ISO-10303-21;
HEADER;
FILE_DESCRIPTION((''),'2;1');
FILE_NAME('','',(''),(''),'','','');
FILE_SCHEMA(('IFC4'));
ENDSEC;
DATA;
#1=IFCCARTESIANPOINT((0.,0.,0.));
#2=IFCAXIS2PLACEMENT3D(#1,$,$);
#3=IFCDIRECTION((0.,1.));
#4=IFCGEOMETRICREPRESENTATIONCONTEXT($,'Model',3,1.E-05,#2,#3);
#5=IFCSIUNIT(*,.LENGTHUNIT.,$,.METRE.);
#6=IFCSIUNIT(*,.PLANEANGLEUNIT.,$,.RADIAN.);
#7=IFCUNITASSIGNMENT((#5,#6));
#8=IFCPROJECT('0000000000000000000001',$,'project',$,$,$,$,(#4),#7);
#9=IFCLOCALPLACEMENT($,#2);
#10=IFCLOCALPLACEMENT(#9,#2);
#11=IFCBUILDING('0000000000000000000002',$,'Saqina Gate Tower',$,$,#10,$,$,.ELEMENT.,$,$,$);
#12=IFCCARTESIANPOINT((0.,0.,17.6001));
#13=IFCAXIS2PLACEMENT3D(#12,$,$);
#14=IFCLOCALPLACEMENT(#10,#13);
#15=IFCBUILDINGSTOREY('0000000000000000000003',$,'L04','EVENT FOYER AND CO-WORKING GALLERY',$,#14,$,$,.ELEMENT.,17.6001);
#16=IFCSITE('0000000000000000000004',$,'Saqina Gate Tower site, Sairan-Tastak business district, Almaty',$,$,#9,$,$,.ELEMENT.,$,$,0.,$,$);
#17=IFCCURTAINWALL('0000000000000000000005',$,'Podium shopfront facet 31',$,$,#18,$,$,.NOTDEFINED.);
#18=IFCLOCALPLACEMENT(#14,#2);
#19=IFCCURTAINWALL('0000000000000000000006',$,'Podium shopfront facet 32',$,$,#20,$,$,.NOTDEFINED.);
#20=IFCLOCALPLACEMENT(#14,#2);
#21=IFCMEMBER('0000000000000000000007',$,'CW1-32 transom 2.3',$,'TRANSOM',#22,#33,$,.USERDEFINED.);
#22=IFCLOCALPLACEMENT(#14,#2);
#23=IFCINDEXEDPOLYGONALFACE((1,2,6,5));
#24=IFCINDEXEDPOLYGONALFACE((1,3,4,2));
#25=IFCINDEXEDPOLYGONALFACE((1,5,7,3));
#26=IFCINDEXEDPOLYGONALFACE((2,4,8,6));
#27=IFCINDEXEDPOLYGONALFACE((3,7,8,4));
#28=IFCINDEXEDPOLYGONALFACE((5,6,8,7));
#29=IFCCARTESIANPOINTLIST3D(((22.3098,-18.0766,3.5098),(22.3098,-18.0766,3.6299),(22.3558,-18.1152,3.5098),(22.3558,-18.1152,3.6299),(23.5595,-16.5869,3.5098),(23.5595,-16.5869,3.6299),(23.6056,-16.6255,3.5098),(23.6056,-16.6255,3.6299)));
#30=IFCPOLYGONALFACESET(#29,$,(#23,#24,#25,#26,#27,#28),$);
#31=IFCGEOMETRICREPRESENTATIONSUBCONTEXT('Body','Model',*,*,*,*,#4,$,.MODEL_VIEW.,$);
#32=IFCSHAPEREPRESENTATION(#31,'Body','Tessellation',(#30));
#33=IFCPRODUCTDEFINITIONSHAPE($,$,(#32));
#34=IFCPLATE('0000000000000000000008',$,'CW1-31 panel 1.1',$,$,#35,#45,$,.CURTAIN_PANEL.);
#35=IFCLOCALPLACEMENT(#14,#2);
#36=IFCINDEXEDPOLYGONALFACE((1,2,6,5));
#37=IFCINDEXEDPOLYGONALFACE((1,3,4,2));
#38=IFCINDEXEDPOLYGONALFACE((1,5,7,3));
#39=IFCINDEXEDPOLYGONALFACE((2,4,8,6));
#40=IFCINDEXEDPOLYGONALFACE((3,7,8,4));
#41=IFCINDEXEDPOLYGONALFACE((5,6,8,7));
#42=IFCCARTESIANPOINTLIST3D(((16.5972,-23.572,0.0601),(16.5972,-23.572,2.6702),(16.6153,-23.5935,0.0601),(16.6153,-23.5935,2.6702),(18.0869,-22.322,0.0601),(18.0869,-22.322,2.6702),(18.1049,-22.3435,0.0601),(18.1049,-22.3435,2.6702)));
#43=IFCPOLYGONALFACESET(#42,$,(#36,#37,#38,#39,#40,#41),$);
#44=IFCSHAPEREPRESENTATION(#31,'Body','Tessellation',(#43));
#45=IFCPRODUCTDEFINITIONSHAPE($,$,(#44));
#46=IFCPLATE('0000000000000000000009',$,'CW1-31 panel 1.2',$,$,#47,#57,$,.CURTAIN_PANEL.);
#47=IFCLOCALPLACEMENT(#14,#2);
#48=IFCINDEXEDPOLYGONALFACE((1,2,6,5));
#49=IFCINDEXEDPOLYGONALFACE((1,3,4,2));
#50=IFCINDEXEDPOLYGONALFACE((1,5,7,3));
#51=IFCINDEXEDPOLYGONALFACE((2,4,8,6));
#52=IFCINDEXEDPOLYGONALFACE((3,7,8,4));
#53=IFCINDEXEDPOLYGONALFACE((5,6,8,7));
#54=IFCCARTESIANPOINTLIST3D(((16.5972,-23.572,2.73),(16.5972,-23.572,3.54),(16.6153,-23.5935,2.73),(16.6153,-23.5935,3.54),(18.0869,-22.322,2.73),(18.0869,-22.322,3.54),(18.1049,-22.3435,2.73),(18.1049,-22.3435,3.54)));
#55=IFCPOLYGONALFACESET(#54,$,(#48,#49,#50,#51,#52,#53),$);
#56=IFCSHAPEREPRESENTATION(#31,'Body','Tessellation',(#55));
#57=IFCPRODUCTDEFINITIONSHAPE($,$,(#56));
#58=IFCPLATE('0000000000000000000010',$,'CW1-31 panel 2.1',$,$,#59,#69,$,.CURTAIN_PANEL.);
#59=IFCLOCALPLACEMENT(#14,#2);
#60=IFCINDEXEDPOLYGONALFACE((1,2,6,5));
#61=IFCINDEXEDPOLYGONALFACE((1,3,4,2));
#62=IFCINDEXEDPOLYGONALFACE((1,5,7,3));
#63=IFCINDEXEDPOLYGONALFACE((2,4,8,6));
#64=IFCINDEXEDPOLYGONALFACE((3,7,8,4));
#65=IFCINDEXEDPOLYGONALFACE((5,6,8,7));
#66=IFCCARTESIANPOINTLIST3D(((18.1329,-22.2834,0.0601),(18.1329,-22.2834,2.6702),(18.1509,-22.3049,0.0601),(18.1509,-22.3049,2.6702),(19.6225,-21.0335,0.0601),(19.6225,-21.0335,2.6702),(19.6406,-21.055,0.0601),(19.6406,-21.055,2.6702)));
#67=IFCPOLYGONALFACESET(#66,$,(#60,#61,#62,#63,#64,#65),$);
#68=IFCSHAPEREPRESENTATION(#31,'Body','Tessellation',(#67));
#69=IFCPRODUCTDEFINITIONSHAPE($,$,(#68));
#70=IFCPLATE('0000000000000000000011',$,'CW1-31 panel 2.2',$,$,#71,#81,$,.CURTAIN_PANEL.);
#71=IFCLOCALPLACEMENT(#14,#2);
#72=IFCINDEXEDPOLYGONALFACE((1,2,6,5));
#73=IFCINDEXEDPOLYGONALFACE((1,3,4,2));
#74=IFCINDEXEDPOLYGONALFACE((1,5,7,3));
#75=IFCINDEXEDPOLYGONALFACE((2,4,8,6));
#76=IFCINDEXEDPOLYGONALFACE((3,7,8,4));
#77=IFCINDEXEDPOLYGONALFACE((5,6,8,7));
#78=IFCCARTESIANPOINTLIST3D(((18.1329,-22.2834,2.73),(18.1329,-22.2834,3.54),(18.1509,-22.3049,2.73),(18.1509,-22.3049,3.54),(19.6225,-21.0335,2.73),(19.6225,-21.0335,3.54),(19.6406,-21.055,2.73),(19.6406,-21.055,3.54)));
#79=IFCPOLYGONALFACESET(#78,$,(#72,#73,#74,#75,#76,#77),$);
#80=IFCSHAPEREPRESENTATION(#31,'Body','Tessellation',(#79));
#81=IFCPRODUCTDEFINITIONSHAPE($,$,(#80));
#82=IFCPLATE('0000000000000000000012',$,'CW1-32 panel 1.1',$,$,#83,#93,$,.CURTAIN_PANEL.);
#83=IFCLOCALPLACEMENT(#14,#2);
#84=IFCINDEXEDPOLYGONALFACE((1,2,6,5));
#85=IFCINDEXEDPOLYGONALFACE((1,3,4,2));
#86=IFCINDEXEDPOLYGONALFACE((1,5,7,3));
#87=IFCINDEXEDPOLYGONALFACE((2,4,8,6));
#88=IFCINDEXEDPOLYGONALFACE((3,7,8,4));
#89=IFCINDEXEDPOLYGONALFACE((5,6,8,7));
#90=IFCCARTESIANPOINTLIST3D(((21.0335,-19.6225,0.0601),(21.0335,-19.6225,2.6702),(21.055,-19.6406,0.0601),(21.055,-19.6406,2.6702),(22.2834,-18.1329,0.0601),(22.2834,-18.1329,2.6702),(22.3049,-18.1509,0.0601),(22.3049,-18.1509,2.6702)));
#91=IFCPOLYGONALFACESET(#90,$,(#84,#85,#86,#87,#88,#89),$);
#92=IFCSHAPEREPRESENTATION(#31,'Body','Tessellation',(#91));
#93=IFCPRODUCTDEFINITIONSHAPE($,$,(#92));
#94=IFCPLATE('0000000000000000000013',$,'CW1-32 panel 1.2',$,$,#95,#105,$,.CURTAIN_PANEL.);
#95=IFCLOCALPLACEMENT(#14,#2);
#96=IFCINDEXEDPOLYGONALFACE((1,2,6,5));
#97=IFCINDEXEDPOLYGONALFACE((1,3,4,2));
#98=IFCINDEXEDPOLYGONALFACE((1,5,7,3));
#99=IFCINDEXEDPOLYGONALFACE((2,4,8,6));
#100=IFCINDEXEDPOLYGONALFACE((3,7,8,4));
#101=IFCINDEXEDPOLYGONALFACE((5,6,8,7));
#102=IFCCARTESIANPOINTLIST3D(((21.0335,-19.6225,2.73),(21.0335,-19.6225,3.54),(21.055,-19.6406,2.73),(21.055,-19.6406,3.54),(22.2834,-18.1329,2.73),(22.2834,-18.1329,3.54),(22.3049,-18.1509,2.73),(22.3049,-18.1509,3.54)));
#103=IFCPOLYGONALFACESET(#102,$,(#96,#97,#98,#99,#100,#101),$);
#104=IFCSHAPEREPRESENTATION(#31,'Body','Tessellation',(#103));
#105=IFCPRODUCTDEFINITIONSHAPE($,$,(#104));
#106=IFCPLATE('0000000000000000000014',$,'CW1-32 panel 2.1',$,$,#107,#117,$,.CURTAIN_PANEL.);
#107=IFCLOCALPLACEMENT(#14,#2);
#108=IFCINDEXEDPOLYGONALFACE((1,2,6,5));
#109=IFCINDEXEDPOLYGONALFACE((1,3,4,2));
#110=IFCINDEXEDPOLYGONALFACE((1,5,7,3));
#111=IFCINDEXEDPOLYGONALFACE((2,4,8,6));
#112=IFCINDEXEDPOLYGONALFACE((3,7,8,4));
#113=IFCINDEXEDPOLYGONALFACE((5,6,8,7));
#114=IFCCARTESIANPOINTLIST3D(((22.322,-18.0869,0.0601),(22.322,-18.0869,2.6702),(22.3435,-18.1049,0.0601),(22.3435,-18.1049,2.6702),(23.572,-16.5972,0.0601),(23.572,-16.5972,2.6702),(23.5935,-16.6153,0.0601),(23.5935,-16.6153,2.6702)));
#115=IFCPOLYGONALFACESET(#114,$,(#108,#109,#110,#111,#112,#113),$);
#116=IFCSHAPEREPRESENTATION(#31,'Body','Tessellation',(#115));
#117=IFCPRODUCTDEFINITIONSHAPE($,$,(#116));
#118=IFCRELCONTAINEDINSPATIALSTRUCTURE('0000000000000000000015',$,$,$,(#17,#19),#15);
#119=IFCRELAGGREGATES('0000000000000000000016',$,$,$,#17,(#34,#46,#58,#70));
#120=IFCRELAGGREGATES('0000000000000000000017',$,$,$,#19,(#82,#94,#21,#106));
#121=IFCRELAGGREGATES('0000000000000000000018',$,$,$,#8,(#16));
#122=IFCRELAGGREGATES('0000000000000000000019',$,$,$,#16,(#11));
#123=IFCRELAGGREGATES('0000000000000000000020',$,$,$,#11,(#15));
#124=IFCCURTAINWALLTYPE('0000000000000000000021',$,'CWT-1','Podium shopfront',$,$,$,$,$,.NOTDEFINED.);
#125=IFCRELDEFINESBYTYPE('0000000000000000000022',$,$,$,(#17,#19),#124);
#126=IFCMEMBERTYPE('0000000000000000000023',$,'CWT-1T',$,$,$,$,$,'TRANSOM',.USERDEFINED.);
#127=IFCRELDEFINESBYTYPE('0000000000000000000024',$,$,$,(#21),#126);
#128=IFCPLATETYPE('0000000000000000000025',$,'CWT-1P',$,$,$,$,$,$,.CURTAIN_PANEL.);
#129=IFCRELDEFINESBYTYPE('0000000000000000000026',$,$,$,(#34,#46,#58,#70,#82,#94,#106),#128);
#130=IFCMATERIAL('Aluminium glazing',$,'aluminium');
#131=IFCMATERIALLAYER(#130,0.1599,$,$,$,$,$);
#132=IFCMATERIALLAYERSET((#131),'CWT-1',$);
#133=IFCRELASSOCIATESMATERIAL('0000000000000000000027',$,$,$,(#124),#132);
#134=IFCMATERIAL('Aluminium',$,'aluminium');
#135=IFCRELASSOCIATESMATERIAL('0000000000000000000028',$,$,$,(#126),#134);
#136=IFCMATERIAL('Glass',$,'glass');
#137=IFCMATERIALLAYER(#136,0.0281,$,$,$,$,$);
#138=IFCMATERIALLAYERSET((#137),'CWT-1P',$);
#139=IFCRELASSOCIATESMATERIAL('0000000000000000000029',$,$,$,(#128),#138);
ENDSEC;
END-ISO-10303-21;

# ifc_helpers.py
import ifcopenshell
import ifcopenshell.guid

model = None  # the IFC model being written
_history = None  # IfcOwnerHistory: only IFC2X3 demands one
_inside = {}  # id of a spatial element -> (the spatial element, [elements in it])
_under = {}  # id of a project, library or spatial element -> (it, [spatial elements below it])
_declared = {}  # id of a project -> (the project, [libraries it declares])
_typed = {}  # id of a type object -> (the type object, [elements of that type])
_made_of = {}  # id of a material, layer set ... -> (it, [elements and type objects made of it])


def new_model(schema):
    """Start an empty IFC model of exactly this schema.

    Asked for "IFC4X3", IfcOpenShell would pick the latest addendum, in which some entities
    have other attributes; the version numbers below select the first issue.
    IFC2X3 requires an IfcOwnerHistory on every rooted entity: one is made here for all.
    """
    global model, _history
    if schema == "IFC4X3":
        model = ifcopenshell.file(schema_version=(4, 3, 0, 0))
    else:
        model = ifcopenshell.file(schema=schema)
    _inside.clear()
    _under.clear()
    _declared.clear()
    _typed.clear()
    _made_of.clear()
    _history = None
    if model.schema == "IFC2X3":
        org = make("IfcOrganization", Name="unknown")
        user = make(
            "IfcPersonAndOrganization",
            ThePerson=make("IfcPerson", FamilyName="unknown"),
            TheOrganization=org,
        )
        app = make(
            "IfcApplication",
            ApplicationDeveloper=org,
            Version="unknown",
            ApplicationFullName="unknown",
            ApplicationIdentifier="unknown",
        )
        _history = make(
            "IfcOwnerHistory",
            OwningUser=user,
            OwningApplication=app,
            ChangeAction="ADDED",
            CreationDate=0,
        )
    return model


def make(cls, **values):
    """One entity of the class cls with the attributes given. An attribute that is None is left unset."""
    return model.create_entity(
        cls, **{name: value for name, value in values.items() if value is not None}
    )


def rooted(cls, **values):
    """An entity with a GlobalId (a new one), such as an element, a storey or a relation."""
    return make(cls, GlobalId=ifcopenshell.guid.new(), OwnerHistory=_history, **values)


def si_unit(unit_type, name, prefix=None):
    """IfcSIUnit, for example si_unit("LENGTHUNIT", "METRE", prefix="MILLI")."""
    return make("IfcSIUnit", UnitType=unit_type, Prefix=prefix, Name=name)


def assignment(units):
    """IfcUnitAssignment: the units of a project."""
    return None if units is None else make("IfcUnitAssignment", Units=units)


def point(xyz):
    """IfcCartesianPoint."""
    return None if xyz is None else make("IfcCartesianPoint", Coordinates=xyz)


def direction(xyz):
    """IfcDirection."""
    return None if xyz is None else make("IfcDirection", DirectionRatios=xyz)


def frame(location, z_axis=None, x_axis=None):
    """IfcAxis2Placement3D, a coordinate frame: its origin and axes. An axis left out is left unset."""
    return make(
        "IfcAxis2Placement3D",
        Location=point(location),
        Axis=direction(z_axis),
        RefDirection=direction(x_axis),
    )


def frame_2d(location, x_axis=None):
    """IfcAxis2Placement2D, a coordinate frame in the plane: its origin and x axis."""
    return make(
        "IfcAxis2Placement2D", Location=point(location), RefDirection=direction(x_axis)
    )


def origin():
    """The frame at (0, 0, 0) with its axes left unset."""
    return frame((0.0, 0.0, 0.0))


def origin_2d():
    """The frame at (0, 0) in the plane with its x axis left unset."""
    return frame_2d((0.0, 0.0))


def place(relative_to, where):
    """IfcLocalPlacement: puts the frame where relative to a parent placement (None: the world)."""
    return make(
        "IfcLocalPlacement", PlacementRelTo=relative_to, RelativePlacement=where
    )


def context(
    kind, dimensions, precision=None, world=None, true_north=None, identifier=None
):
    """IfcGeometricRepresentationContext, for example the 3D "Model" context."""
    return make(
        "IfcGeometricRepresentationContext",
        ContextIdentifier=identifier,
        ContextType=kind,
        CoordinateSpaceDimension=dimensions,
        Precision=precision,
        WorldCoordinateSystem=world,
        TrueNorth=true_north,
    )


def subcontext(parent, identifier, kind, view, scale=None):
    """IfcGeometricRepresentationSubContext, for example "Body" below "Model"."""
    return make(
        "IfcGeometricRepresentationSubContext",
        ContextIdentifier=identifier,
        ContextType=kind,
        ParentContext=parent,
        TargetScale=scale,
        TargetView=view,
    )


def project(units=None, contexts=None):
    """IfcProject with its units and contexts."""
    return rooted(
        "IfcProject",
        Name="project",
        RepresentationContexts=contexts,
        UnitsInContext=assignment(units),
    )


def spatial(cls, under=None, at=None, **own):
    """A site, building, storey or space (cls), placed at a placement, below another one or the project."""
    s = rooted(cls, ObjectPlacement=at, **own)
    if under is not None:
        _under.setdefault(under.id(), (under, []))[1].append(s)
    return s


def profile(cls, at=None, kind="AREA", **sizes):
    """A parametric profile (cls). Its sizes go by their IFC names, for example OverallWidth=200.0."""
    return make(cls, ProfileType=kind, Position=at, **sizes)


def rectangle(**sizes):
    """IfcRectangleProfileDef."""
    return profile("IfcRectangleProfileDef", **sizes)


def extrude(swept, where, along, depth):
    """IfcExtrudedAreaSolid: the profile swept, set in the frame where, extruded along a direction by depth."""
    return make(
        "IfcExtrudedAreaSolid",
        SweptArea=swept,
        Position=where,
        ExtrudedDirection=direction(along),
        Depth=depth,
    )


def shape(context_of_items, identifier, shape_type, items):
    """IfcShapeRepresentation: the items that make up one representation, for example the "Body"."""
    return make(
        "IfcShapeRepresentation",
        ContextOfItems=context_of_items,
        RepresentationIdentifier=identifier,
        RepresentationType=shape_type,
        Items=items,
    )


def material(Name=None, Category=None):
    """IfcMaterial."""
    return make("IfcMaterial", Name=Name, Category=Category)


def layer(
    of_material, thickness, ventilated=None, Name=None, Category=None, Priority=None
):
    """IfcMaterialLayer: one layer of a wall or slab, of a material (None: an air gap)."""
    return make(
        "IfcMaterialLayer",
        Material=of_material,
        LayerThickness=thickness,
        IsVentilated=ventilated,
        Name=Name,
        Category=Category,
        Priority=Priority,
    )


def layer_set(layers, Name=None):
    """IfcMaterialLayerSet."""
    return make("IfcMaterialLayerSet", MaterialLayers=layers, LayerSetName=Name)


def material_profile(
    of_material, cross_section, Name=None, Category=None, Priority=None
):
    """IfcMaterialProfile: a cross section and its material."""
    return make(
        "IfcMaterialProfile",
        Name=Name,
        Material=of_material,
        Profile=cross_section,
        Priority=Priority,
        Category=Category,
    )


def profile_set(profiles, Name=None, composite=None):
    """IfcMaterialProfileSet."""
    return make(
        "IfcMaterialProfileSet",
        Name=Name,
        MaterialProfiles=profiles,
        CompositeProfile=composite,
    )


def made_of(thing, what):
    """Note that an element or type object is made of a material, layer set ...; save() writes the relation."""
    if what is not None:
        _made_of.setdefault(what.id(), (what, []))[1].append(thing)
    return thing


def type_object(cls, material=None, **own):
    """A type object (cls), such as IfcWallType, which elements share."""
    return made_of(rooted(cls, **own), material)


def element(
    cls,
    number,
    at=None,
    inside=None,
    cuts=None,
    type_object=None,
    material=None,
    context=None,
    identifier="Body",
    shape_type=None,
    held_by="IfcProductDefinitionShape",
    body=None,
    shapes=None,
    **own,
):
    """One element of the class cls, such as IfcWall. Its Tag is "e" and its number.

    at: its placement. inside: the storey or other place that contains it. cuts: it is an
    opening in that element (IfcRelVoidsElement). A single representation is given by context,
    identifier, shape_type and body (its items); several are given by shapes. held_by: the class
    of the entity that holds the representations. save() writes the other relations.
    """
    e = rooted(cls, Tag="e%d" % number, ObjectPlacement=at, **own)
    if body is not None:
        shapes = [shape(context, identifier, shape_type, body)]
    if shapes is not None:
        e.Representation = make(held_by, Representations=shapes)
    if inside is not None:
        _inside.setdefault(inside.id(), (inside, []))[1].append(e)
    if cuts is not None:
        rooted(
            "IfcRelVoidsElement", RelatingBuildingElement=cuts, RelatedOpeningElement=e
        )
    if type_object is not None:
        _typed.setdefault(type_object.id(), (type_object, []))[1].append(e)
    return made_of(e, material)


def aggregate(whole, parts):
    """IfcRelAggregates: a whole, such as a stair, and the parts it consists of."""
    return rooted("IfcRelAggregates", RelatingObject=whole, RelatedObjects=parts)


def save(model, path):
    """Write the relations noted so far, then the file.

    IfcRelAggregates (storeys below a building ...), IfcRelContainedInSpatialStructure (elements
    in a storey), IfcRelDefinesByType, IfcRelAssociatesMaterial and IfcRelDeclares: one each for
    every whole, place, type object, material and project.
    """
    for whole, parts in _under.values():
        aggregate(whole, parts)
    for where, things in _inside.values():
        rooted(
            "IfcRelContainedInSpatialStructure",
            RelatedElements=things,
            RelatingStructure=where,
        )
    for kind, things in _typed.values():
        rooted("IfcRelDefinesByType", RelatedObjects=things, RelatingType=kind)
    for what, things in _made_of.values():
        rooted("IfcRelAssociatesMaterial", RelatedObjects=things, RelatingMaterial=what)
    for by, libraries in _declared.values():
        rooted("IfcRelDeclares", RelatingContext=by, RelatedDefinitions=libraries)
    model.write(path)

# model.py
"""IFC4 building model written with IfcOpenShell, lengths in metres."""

from ifc_helpers import new_model, si_unit, direction, frame, origin, origin_2d, place, context, subcontext, project, spatial, rectangle, extrude, material, layer, layer_set, material_profile, profile_set, type_object, element, aggregate, save


model = new_model("IFC4")

# Units and contexts
model_context = context("Model", 3, precision=1e-05, world=origin(), true_north=direction((0.0, 1.0)))
body_context = subcontext(model_context, "Body", "Model", "MODEL_VIEW")
ifc_project = project(units=[si_unit("LENGTHUNIT", "METRE"), si_unit("PLANEANGLEUNIT", "RADIAN")], contexts=[model_context])

# Site, building, storey
site_placement = place(None, origin())
site = spatial("IfcSite", under=ifc_project, at=site_placement, Name="Saqina Gate Tower site, Sairan-Tastak business district, Almaty", CompositionType="ELEMENT", RefElevation=0.0)
building_placement = place(site_placement, origin())
building = spatial("IfcBuilding", under=site, at=building_placement, Name="Saqina Gate Tower", CompositionType="ELEMENT")
storey_placement = place(building_placement, frame((0.0, 0.0, 17.6001)))
storey = spatial("IfcBuildingStorey", under=building, at=storey_placement, Name="L04", Description="EVENT FOYER AND CO-WORKING GALLERY", CompositionType="ELEMENT", Elevation=17.6001)

# Curtain walls
ifc_material_1 = material(Name="Aluminium glazing", Category="aluminium")
ifc_layer_1 = layer(ifc_material_1, 0.1599)
ifc_layer_set_1 = layer_set([ifc_layer_1], Name="CWT-1")
curtain_wall_type = type_object("IfcCurtainWallType", Name="CWT-1", Description="Podium shopfront", PredefinedType="NOTDEFINED", material=ifc_layer_set_1)
curtain_wall_1_placement = place(storey_placement, origin())
curtain_wall_1 = element("IfcCurtainWall", 1, at=curtain_wall_1_placement, inside=storey, type_object=curtain_wall_type, Name="Podium shopfront facet 31", PredefinedType="NOTDEFINED")
curtain_wall_2_placement = place(storey_placement, origin())
curtain_wall_2 = element("IfcCurtainWall", 2, at=curtain_wall_2_placement, inside=storey, type_object=curtain_wall_type, Name="Podium shopfront facet 32", PredefinedType="NOTDEFINED")

# Member
ifc_material_2 = material(Name="Aluminium", Category="aluminium")
ifc_material_profile_1 = material_profile(ifc_material_2, rectangle(XDim=0.0601, YDim=0.1201, at=origin_2d()), Name="Aluminium 60x120")
ifc_profile_set_1 = profile_set([ifc_material_profile_1], Name="Aluminium")
member_type_1 = type_object("IfcMemberType", Name="CWT-1T", ElementType="TRANSOM", PredefinedType="USERDEFINED", material=ifc_profile_set_1)
member_1_placement = place(storey_placement, frame((22.3328, -18.0959, 3.5698), z_axis=(0.6427, 0.766118, 0.0), x_axis=(-0.766118, 0.6427, 0.0)))
member_1 = element("IfcMember", 3, at=member_1_placement, type_object=member_type_1, Name="CW1-32 transom 2.3", ObjectType="TRANSOM", PredefinedType="USERDEFINED", context=body_context, shape_type="SweptSolid", body=[
    extrude(rectangle(XDim=0.0601, YDim=0.1201, at=origin_2d()), origin(), (0.0, 0.0, 1.0), 1.9446),
])

# Plates
ifc_material_3 = material(Name="Glass", Category="glass")
ifc_layer_2 = layer(ifc_material_3, 0.0281)
ifc_layer_set_2 = layer_set([ifc_layer_2], Name="CWT-1P")
plate_type = type_object("IfcPlateType", Name="CWT-1P", PredefinedType="CURTAIN_PANEL", material=ifc_layer_set_2)
plate_1_placement = place(storey_placement, frame((17.3511, -22.9578, 0.0601), z_axis=(0.0, 0.0, 1.0), x_axis=(0.766051, 0.642779, 0.0)))
plate_1 = element("IfcPlate", 4, at=plate_1_placement, type_object=plate_type, Name="CW1-31 panel 1.1", PredefinedType="CURTAIN_PANEL", context=body_context, shape_type="SweptSolid", body=[
    extrude(rectangle(XDim=1.9446, YDim=0.0281, at=origin_2d()), origin(), (0.0, 0.0, 1.0), 2.6101),
])
plate_2_placement = place(storey_placement, frame((17.3511, -22.9578, 2.73), z_axis=(0.0, 0.0, 1.0), x_axis=(0.766051, 0.642779, 0.0)))
plate_2 = element("IfcPlate", 5, at=plate_2_placement, type_object=plate_type, Name="CW1-31 panel 1.2", PredefinedType="CURTAIN_PANEL", context=body_context, shape_type="SweptSolid", body=[
    extrude(rectangle(XDim=1.9446, YDim=0.0281, at=origin_2d()), origin(), (0.0, 0.0, 1.0), 0.8101),
])
plate_3_placement = place(storey_placement, frame((18.8867, -21.6692, 0.0601), z_axis=(0.0, 0.0, 1.0), x_axis=(0.766051, 0.642779, 0.0)))
plate_3 = element("IfcPlate", 6, at=plate_3_placement, type_object=plate_type, Name="CW1-31 panel 2.1", PredefinedType="CURTAIN_PANEL", context=body_context, shape_type="SweptSolid", body=[
    extrude(rectangle(XDim=1.9446, YDim=0.0281, at=origin_2d()), origin(), (0.0, 0.0, 1.0), 2.6101),
])
plate_4_placement = place(storey_placement, frame((18.8867, -21.6692, 2.73), z_axis=(0.0, 0.0, 1.0), x_axis=(0.766051, 0.642779, 0.0)))
plate_4 = element("IfcPlate", 7, at=plate_4_placement, type_object=plate_type, Name="CW1-31 panel 2.2", PredefinedType="CURTAIN_PANEL", context=body_context, shape_type="SweptSolid", body=[
    extrude(rectangle(XDim=1.9446, YDim=0.0281, at=origin_2d()), origin(), (0.0, 0.0, 1.0), 0.8101),
])
aggregate(curtain_wall_1, [plate_1, plate_2, plate_3, plate_4])
plate_5_placement = place(storey_placement, frame((21.6692, -18.8867, 0.0601), z_axis=(0.0, 0.0, 1.0), x_axis=(0.642779, 0.766051, 0.0)))
plate_5 = element("IfcPlate", 8, at=plate_5_placement, type_object=plate_type, Name="CW1-32 panel 1.1", PredefinedType="CURTAIN_PANEL", context=body_context, shape_type="SweptSolid", body=[
    extrude(rectangle(XDim=1.9446, YDim=0.0281, at=origin_2d()), origin(), (0.0, 0.0, 1.0), 2.6101),
])
plate_6_placement = place(storey_placement, frame((21.6692, -18.8867, 2.73), z_axis=(0.0, 0.0, 1.0), x_axis=(0.642779, 0.766051, 0.0)))
plate_6 = element("IfcPlate", 9, at=plate_6_placement, type_object=plate_type, Name="CW1-32 panel 1.2", PredefinedType="CURTAIN_PANEL", context=body_context, shape_type="SweptSolid", body=[
    extrude(rectangle(XDim=1.9446, YDim=0.0281, at=origin_2d()), origin(), (0.0, 0.0, 1.0), 0.8101),
])
plate_7_placement = place(storey_placement, frame((22.9578, -17.3511, 0.0601), z_axis=(0.0, 0.0, 1.0), x_axis=(0.642779, 0.766051, 0.0)))
plate_7 = element("IfcPlate", 10, at=plate_7_placement, type_object=plate_type, Name="CW1-32 panel 2.1", PredefinedType="CURTAIN_PANEL", context=body_context, shape_type="SweptSolid", body=[
    extrude(rectangle(XDim=1.9446, YDim=0.0281, at=origin_2d()), origin(), (0.0, 0.0, 1.0), 2.6101),
])
aggregate(curtain_wall_2, [plate_5, plate_6, member_1, plate_7])

save(model, "model.ifc")
